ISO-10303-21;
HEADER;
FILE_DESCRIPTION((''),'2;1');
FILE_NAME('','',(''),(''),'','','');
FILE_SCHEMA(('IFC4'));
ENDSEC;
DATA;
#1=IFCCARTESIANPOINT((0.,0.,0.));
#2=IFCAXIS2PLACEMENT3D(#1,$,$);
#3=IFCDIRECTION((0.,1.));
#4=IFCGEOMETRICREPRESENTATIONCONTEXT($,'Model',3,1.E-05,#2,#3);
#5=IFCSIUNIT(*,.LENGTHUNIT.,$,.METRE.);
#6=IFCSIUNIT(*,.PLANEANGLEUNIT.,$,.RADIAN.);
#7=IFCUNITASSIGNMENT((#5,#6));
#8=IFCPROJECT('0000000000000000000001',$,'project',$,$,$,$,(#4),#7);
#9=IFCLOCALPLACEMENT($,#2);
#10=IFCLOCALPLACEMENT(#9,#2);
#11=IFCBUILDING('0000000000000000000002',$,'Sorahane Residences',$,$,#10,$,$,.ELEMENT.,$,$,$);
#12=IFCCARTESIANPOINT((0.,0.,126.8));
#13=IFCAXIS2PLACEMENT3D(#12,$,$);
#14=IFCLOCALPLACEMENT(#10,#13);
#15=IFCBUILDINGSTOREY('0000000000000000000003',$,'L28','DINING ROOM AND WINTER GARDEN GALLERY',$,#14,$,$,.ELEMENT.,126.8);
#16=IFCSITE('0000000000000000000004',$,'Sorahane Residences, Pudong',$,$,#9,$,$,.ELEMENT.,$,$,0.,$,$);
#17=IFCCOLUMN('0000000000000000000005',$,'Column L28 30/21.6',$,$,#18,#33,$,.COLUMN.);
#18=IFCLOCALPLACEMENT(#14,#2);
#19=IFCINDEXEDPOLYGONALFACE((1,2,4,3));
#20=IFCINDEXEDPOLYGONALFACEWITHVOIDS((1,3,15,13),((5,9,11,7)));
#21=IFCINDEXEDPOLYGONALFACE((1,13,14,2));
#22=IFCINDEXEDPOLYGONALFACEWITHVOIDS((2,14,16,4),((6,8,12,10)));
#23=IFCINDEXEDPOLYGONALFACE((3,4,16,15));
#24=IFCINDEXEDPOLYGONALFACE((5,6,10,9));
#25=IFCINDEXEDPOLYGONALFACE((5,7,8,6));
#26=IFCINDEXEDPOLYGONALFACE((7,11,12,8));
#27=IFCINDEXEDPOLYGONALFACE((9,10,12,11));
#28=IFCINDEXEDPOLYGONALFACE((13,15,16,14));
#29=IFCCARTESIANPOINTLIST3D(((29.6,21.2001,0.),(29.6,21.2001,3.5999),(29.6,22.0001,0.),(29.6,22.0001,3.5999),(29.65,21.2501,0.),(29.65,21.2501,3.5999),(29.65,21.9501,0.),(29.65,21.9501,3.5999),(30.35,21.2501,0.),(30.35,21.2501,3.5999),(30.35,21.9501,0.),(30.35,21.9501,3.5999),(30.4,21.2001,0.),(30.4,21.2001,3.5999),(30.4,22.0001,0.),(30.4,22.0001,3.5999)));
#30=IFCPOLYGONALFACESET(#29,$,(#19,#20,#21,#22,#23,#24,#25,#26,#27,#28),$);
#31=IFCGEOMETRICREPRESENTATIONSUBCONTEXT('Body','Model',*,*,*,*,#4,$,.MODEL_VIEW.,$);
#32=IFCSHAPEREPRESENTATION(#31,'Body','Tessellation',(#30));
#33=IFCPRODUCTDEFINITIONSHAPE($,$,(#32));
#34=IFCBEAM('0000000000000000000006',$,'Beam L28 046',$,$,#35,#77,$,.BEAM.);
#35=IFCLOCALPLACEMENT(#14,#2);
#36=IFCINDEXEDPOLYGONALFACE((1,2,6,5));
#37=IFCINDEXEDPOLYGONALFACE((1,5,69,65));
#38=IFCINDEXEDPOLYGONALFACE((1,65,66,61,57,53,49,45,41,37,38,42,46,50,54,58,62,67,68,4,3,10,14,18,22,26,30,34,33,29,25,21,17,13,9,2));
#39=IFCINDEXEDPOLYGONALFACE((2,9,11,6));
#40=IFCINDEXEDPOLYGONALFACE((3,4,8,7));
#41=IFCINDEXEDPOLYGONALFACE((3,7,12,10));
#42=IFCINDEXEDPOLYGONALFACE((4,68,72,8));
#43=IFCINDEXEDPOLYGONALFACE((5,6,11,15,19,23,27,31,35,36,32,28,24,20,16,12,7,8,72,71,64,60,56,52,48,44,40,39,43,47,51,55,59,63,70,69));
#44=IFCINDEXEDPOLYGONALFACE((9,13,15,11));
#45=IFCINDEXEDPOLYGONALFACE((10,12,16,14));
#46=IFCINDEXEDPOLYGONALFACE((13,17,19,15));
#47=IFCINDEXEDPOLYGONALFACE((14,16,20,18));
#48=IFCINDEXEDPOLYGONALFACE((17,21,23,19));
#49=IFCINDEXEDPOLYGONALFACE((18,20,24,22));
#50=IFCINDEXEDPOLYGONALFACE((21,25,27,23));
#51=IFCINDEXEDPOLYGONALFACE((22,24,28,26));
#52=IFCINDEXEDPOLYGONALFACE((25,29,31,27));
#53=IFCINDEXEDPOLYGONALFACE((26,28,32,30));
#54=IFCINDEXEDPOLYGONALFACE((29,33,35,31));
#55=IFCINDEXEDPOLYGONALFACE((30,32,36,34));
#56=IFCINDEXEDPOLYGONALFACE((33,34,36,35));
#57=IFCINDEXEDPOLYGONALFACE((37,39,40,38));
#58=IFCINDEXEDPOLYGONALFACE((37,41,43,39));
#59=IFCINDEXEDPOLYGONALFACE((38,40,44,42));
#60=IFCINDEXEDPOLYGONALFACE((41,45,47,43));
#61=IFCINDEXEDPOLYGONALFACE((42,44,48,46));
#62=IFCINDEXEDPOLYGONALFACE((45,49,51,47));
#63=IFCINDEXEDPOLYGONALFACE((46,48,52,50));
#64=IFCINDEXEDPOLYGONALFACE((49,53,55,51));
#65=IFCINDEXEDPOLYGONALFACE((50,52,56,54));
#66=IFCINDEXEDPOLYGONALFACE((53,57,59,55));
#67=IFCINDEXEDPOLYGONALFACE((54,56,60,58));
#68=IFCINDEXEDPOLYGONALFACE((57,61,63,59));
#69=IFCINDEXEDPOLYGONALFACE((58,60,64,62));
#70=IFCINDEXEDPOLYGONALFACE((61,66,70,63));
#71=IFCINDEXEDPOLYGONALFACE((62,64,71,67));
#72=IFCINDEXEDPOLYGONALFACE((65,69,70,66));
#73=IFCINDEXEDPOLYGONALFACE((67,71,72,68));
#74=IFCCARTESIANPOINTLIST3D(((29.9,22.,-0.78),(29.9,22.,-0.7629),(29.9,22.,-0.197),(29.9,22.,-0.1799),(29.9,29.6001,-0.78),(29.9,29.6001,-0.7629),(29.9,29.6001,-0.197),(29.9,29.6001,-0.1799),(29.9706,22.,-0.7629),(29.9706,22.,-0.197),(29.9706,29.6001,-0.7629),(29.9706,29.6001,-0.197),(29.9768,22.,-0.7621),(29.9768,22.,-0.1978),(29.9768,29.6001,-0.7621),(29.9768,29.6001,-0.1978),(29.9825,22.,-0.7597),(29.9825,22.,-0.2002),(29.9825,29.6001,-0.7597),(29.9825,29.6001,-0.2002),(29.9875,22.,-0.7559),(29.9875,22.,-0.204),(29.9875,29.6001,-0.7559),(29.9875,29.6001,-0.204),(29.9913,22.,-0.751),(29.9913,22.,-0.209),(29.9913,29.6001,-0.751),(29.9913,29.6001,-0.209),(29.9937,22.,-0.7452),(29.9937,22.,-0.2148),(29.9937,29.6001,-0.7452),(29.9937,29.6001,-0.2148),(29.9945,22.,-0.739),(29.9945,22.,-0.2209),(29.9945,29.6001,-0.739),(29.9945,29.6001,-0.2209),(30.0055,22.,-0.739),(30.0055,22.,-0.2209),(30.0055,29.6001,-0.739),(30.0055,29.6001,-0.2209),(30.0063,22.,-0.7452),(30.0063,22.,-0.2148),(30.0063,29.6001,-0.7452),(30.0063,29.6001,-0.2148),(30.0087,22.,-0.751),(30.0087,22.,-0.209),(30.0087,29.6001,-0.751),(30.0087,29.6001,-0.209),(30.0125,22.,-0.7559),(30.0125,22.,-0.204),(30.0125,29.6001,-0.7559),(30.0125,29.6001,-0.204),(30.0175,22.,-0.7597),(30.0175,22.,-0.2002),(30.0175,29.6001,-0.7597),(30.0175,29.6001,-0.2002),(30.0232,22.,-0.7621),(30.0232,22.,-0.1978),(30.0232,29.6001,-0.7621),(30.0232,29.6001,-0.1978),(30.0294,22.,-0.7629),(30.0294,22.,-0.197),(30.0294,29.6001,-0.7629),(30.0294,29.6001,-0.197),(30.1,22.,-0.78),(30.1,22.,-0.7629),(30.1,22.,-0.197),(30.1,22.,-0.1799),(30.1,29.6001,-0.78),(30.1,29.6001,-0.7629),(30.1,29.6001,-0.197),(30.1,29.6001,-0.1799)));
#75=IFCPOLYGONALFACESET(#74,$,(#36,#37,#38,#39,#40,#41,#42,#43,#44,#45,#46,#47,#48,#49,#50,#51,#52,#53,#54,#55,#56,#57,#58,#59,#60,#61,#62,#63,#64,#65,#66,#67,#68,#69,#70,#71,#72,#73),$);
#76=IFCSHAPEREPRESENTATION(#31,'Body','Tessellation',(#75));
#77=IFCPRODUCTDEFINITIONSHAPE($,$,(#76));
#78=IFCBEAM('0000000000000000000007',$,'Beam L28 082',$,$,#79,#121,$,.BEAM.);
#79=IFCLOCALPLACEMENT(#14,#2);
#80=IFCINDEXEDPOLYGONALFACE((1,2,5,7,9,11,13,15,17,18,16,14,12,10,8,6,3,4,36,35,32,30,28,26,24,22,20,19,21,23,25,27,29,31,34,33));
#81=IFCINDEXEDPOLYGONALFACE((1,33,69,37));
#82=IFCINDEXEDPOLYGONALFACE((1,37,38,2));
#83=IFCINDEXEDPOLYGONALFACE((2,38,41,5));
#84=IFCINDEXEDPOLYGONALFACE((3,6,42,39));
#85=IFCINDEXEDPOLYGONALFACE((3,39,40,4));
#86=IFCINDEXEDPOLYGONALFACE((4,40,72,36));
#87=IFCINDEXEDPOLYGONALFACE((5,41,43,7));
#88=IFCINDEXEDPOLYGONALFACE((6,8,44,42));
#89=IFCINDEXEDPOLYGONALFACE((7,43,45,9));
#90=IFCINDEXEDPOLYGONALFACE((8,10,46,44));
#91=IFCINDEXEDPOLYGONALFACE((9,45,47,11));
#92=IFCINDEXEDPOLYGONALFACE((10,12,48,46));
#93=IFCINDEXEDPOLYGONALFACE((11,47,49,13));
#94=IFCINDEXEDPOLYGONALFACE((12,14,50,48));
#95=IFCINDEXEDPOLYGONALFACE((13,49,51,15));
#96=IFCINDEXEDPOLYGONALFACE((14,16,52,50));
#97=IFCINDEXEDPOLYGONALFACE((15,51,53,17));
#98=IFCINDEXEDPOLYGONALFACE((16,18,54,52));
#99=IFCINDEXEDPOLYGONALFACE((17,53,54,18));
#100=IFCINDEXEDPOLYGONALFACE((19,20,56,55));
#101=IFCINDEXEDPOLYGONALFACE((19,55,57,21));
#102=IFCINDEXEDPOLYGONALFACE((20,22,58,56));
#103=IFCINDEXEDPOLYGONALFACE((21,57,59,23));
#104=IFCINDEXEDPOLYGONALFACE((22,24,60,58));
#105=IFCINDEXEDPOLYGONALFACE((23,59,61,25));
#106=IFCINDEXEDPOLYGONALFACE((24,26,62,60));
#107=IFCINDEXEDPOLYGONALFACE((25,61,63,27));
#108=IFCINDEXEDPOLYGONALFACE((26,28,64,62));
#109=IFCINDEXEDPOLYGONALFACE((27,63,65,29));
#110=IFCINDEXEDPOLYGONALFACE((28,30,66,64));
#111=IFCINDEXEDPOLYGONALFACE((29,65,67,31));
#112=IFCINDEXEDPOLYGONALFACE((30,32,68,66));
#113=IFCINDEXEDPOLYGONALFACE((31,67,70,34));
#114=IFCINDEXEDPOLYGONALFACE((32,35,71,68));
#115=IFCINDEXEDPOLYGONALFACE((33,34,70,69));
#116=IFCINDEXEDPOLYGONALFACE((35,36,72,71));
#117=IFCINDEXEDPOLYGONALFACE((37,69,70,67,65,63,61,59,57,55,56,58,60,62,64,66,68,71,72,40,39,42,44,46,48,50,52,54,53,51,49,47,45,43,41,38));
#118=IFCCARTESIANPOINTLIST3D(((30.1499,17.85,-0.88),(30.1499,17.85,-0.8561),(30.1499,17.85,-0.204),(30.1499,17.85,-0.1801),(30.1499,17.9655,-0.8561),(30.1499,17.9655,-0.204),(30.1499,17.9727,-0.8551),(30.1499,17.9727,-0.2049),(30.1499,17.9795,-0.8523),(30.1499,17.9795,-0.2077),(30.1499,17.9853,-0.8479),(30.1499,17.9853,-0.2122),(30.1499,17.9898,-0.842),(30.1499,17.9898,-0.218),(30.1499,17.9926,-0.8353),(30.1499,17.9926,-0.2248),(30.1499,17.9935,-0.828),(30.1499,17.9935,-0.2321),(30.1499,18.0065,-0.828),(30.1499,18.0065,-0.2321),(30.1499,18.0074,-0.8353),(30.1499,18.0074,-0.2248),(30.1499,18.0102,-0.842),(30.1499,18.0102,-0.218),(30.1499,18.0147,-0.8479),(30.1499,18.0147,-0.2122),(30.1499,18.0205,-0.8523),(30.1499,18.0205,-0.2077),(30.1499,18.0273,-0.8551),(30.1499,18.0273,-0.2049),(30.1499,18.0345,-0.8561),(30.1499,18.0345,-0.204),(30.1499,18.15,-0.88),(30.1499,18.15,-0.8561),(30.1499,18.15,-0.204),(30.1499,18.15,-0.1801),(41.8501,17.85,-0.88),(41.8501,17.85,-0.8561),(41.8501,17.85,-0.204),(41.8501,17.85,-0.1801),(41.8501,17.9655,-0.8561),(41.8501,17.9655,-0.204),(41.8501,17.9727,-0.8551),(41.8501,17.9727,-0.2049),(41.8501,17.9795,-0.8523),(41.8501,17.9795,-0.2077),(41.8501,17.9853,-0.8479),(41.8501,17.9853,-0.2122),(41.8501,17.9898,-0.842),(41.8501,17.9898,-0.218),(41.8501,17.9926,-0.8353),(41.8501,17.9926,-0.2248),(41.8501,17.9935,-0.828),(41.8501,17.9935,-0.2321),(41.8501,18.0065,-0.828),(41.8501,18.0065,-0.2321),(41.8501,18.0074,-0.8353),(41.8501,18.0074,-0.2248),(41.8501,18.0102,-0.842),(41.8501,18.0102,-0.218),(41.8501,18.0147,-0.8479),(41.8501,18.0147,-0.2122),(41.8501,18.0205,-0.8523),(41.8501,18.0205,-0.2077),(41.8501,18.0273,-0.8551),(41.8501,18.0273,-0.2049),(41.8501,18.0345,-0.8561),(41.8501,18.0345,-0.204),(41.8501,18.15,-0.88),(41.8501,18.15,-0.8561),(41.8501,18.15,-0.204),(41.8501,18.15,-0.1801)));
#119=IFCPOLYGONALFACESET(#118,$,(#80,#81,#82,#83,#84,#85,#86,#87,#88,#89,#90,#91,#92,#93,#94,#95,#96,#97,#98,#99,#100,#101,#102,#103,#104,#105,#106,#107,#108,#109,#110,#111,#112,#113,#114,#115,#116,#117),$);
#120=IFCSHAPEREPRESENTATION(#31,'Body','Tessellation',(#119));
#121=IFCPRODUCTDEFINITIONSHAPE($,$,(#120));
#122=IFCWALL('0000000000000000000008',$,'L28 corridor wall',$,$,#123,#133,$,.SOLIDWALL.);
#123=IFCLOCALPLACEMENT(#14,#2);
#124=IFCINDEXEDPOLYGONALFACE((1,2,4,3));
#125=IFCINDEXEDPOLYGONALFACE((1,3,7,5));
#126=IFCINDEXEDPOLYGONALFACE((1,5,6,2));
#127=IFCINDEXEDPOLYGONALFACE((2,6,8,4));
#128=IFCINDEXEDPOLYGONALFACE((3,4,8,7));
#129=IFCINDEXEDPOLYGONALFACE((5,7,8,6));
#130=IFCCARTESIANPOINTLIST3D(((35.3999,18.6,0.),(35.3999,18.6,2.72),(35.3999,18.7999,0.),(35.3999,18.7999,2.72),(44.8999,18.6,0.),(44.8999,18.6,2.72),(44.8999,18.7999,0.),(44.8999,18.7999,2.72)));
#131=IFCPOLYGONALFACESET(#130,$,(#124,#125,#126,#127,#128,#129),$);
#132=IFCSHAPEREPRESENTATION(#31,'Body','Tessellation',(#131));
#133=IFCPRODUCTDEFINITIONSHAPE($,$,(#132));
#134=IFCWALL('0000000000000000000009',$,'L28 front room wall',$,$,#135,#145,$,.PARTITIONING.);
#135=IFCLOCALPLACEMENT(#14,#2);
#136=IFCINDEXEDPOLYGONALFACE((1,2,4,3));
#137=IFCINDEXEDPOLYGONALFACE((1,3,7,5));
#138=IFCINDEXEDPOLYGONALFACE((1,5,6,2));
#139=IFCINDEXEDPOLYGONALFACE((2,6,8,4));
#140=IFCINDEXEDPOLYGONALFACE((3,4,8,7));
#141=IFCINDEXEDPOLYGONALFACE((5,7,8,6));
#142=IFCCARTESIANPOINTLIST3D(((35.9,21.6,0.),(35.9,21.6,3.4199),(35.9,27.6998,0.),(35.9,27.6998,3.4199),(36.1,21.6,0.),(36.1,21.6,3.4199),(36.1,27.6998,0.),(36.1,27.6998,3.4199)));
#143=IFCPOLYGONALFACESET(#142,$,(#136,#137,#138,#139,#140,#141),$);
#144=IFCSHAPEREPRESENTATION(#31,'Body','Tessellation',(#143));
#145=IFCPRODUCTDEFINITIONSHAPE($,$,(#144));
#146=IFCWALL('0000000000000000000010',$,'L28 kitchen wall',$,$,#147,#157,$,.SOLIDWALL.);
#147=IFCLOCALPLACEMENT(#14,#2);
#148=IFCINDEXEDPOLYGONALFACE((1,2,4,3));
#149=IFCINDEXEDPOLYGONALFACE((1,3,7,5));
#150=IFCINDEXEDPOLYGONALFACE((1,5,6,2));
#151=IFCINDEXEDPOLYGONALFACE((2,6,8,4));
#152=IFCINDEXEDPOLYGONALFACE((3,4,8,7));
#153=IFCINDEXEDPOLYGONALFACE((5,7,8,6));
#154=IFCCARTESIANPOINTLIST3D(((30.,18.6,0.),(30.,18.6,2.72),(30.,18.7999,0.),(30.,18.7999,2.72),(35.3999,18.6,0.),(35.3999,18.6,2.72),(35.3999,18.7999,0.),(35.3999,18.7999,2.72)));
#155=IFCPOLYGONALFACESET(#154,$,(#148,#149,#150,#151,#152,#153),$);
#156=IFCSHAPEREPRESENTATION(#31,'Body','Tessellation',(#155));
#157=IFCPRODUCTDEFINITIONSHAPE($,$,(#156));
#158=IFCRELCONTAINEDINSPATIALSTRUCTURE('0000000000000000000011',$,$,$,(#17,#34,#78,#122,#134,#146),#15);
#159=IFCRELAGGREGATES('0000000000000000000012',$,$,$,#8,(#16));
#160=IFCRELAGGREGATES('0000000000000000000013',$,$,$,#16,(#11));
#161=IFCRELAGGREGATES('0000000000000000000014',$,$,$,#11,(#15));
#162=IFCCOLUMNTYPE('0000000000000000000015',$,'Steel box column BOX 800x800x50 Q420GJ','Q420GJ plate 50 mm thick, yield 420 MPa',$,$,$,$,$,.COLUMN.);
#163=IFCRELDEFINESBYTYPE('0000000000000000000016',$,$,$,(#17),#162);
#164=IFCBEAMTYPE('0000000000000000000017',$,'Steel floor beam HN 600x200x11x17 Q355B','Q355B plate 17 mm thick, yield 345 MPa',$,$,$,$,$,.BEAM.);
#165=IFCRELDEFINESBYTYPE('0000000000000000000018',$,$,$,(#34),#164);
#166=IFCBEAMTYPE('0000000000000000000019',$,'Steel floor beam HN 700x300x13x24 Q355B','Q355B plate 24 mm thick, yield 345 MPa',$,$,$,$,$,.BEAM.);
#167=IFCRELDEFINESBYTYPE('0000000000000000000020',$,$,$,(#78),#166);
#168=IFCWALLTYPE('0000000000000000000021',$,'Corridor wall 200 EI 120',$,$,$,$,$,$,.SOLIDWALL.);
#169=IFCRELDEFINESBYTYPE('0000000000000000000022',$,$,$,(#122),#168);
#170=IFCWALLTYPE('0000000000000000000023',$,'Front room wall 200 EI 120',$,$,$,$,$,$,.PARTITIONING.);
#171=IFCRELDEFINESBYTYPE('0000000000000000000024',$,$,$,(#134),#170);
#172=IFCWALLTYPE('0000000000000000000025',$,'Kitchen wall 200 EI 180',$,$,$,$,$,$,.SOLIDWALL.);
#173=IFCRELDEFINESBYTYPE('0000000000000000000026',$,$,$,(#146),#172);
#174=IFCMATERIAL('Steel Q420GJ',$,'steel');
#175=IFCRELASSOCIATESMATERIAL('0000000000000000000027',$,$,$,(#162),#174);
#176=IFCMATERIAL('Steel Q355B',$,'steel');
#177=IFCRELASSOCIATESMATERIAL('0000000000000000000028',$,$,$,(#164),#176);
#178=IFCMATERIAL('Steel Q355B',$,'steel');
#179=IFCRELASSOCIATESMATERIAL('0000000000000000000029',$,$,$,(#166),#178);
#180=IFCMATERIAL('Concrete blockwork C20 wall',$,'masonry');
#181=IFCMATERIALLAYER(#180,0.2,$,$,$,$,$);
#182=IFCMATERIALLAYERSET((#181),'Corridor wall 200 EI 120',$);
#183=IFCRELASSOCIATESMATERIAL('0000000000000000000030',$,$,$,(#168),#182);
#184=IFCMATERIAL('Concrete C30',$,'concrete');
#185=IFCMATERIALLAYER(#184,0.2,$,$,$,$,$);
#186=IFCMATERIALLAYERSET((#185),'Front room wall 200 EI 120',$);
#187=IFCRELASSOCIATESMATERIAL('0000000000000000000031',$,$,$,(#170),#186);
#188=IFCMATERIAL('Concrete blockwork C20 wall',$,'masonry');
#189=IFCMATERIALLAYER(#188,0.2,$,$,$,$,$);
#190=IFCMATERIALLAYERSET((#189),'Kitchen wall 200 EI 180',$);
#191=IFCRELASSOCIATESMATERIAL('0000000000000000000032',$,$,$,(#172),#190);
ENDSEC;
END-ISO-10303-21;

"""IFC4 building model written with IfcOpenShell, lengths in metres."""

from ifc_helpers import new_model, si_unit, direction, frame, frame_2d, origin, origin_2d, place, context, subcontext, project, spatial, rectangle, hollow_rectangle, i_section, extrude, material, layer, layer_set, material_profile, profile_set, type_object, element, save


model = new_model("IFC4")

# Units and contexts
model_context = context("Model", 3, precision=1e-05, world=origin(), true_north=direction((0.0, 1.0)))
body_context = subcontext(model_context, "Body", "Model", "MODEL_VIEW")
ifc_project = project(units=[si_unit("LENGTHUNIT", "METRE"), si_unit("PLANEANGLEUNIT", "RADIAN")], contexts=[model_context])

# Site, building, storey
site_placement = place(None, origin())
site = spatial("IfcSite", under=ifc_project, at=site_placement, Name="Sorahane Residences, Pudong", CompositionType="ELEMENT", RefElevation=0.0)
building_placement = place(site_placement, origin())
building = spatial("IfcBuilding", under=site, at=building_placement, Name="Sorahane Residences", CompositionType="ELEMENT")
storey_placement = place(building_placement, frame((0.0, 0.0, 126.8)))
storey = spatial("IfcBuildingStorey", under=building, at=storey_placement, Name="L28", Description="DINING ROOM AND WINTER GARDEN GALLERY", CompositionType="ELEMENT", Elevation=126.8)

# Column
ifc_material_1 = material(Name="Steel Q420GJ", Category="steel")
ifc_material_profile_1 = material_profile(ifc_material_1, hollow_rectangle(XDim=0.8, YDim=0.8, WallThickness=0.05, at=origin_2d()), Name="BOX 800x800x50")
ifc_profile_set_1 = profile_set([ifc_material_profile_1], Name="Steel Q420GJ")
column_type = type_object("IfcColumnType", Name="Steel box column BOX 800x800x50 Q420GJ", Description="Q420GJ plate 50 mm thick, yield 420 MPa", PredefinedType="COLUMN", material=ifc_profile_set_1)
column_placement = place(storey_placement, frame((30.0, 21.6001, 0.0), z_axis=(0.0, 0.0, 1.0), x_axis=(1.0, 0.0, 0.0)))
element("IfcColumn", 1, at=column_placement, inside=storey, type_object=column_type, Name="Column L28 30/21.6", PredefinedType="COLUMN", context=body_context, shape_type="SweptSolid", body=[
    extrude(hollow_rectangle(XDim=0.8, YDim=0.8, WallThickness=0.05, at=origin_2d()), origin(), (0.0, 0.0, 1.0), 3.5999),
])

# Beams
ifc_material_2 = material(Name="Steel Q355B", Category="steel")
ifc_material_profile_2 = material_profile(ifc_material_2, i_section(OverallWidth=0.2, OverallDepth=0.6001, WebThickness=0.011, FlangeThickness=0.0171, FilletRadius=0.0239, at=origin_2d()), Name="HN 600x200x11x17")
ifc_profile_set_2 = profile_set([ifc_material_profile_2], Name="Steel Q355B")
beam_type_1 = type_object("IfcBeamType", Name="Steel floor beam HN 600x200x11x17 Q355B", Description="Q355B plate 17 mm thick, yield 345 MPa", PredefinedType="BEAM", material=ifc_profile_set_2)
beam_1_placement = place(storey_placement, frame((30.0, 22.0, -0.48), z_axis=(0.0, 1.0, 0.0), x_axis=(-1.0, 0.0, 0.0)))
element("IfcBeam", 2, at=beam_1_placement, inside=storey, type_object=beam_type_1, Name="Beam L28 046", PredefinedType="BEAM", context=body_context, shape_type="SweptSolid", body=[
    extrude(i_section(OverallWidth=0.2, OverallDepth=0.6001, WebThickness=0.011, FlangeThickness=0.0171, FilletRadius=0.0239, at=origin_2d()), origin(), (0.0, 0.0, 1.0), 7.6001),
])
ifc_material_3 = material(Name="Steel Q355B", Category="steel")
ifc_material_profile_3 = material_profile(ifc_material_3, i_section(OverallWidth=0.3, OverallDepth=0.7, WebThickness=0.0129, FlangeThickness=0.0239, FilletRadius=0.0281, at=origin_2d()), Name="HN 700x300x13x24")
ifc_profile_set_3 = profile_set([ifc_material_profile_3], Name="Steel Q355B")
beam_type_2 = type_object("IfcBeamType", Name="Steel floor beam HN 700x300x13x24 Q355B", Description="Q355B plate 24 mm thick, yield 345 MPa", PredefinedType="BEAM", material=ifc_profile_set_3)
beam_2_placement = place(storey_placement, frame((30.1499, 18.0, -0.53), z_axis=(1.0, 0.0, 0.0), x_axis=(0.0, 1.0, 0.0)))
element("IfcBeam", 3, at=beam_2_placement, inside=storey, type_object=beam_type_2, Name="Beam L28 082", PredefinedType="BEAM", context=body_context, shape_type="SweptSolid", body=[
    extrude(i_section(OverallWidth=0.3, OverallDepth=0.7, WebThickness=0.0129, FlangeThickness=0.0239, FilletRadius=0.0281, at=origin_2d()), origin(), (0.0, 0.0, 1.0), 11.7002),
])

# Walls
ifc_material_4 = material(Name="Concrete blockwork C20 wall", Category="masonry")
ifc_layer_1 = layer(ifc_material_4, 0.2)
ifc_layer_set_1 = layer_set([ifc_layer_1], Name="Corridor wall 200 EI 120")
wall_type_1 = type_object("IfcWallType", Name="Corridor wall 200 EI 120", PredefinedType="SOLIDWALL", material=ifc_layer_set_1)
wall_1_placement = place(storey_placement, frame((35.3999, 18.7, 0.0), z_axis=(0.0, 0.0, 1.0), x_axis=(1.0, 0.0, 0.0)))
element("IfcWall", 4, at=wall_1_placement, inside=storey, type_object=wall_type_1, Name="L28 corridor wall", PredefinedType="SOLIDWALL", context=body_context, shape_type="SweptSolid", body=[
    extrude(rectangle(XDim=9.5, YDim=0.2, at=frame_2d((4.75, 0.0))), origin(), (0.0, 0.0, 1.0), 2.72),
])
ifc_material_5 = material(Name="Concrete C30", Category="concrete")
ifc_layer_2 = layer(ifc_material_5, 0.2)
ifc_layer_set_2 = layer_set([ifc_layer_2], Name="Front room wall 200 EI 120")
wall_type_2 = type_object("IfcWallType", Name="Front room wall 200 EI 120", PredefinedType="PARTITIONING", material=ifc_layer_set_2)
wall_2_placement = place(storey_placement, frame((36.0, 21.6001, 0.0), z_axis=(0.0, 0.0, 1.0), x_axis=(0.0, 1.0, 0.0)))
element("IfcWall", 5, at=wall_2_placement, inside=storey, type_object=wall_type_2, Name="L28 front room wall", PredefinedType="PARTITIONING", context=body_context, shape_type="SweptSolid", body=[
    extrude(rectangle(XDim=6.0999, YDim=0.2, at=frame_2d((3.0498, 0.0))), origin(), (0.0, 0.0, 1.0), 3.4199),
])
ifc_material_6 = material(Name="Concrete blockwork C20 wall", Category="masonry")
ifc_layer_3 = layer(ifc_material_6, 0.2)
ifc_layer_set_3 = layer_set([ifc_layer_3], Name="Kitchen wall 200 EI 180")
wall_type_3 = type_object("IfcWallType", Name="Kitchen wall 200 EI 180", PredefinedType="SOLIDWALL", material=ifc_layer_set_3)
wall_3_placement = place(storey_placement, frame((30.0, 18.7, 0.0), z_axis=(0.0, 0.0, 1.0), x_axis=(1.0, 0.0, 0.0)))
element("IfcWall", 6, at=wall_3_placement, inside=storey, type_object=wall_type_3, Name="L28 kitchen wall", PredefinedType="SOLIDWALL", context=body_context, shape_type="SweptSolid", body=[
    extrude(rectangle(XDim=5.3999, YDim=0.2, at=frame_2d((2.7, 0.0))), origin(), (0.0, 0.0, 1.0), 2.72),
])

save(model, "model.ifc")
